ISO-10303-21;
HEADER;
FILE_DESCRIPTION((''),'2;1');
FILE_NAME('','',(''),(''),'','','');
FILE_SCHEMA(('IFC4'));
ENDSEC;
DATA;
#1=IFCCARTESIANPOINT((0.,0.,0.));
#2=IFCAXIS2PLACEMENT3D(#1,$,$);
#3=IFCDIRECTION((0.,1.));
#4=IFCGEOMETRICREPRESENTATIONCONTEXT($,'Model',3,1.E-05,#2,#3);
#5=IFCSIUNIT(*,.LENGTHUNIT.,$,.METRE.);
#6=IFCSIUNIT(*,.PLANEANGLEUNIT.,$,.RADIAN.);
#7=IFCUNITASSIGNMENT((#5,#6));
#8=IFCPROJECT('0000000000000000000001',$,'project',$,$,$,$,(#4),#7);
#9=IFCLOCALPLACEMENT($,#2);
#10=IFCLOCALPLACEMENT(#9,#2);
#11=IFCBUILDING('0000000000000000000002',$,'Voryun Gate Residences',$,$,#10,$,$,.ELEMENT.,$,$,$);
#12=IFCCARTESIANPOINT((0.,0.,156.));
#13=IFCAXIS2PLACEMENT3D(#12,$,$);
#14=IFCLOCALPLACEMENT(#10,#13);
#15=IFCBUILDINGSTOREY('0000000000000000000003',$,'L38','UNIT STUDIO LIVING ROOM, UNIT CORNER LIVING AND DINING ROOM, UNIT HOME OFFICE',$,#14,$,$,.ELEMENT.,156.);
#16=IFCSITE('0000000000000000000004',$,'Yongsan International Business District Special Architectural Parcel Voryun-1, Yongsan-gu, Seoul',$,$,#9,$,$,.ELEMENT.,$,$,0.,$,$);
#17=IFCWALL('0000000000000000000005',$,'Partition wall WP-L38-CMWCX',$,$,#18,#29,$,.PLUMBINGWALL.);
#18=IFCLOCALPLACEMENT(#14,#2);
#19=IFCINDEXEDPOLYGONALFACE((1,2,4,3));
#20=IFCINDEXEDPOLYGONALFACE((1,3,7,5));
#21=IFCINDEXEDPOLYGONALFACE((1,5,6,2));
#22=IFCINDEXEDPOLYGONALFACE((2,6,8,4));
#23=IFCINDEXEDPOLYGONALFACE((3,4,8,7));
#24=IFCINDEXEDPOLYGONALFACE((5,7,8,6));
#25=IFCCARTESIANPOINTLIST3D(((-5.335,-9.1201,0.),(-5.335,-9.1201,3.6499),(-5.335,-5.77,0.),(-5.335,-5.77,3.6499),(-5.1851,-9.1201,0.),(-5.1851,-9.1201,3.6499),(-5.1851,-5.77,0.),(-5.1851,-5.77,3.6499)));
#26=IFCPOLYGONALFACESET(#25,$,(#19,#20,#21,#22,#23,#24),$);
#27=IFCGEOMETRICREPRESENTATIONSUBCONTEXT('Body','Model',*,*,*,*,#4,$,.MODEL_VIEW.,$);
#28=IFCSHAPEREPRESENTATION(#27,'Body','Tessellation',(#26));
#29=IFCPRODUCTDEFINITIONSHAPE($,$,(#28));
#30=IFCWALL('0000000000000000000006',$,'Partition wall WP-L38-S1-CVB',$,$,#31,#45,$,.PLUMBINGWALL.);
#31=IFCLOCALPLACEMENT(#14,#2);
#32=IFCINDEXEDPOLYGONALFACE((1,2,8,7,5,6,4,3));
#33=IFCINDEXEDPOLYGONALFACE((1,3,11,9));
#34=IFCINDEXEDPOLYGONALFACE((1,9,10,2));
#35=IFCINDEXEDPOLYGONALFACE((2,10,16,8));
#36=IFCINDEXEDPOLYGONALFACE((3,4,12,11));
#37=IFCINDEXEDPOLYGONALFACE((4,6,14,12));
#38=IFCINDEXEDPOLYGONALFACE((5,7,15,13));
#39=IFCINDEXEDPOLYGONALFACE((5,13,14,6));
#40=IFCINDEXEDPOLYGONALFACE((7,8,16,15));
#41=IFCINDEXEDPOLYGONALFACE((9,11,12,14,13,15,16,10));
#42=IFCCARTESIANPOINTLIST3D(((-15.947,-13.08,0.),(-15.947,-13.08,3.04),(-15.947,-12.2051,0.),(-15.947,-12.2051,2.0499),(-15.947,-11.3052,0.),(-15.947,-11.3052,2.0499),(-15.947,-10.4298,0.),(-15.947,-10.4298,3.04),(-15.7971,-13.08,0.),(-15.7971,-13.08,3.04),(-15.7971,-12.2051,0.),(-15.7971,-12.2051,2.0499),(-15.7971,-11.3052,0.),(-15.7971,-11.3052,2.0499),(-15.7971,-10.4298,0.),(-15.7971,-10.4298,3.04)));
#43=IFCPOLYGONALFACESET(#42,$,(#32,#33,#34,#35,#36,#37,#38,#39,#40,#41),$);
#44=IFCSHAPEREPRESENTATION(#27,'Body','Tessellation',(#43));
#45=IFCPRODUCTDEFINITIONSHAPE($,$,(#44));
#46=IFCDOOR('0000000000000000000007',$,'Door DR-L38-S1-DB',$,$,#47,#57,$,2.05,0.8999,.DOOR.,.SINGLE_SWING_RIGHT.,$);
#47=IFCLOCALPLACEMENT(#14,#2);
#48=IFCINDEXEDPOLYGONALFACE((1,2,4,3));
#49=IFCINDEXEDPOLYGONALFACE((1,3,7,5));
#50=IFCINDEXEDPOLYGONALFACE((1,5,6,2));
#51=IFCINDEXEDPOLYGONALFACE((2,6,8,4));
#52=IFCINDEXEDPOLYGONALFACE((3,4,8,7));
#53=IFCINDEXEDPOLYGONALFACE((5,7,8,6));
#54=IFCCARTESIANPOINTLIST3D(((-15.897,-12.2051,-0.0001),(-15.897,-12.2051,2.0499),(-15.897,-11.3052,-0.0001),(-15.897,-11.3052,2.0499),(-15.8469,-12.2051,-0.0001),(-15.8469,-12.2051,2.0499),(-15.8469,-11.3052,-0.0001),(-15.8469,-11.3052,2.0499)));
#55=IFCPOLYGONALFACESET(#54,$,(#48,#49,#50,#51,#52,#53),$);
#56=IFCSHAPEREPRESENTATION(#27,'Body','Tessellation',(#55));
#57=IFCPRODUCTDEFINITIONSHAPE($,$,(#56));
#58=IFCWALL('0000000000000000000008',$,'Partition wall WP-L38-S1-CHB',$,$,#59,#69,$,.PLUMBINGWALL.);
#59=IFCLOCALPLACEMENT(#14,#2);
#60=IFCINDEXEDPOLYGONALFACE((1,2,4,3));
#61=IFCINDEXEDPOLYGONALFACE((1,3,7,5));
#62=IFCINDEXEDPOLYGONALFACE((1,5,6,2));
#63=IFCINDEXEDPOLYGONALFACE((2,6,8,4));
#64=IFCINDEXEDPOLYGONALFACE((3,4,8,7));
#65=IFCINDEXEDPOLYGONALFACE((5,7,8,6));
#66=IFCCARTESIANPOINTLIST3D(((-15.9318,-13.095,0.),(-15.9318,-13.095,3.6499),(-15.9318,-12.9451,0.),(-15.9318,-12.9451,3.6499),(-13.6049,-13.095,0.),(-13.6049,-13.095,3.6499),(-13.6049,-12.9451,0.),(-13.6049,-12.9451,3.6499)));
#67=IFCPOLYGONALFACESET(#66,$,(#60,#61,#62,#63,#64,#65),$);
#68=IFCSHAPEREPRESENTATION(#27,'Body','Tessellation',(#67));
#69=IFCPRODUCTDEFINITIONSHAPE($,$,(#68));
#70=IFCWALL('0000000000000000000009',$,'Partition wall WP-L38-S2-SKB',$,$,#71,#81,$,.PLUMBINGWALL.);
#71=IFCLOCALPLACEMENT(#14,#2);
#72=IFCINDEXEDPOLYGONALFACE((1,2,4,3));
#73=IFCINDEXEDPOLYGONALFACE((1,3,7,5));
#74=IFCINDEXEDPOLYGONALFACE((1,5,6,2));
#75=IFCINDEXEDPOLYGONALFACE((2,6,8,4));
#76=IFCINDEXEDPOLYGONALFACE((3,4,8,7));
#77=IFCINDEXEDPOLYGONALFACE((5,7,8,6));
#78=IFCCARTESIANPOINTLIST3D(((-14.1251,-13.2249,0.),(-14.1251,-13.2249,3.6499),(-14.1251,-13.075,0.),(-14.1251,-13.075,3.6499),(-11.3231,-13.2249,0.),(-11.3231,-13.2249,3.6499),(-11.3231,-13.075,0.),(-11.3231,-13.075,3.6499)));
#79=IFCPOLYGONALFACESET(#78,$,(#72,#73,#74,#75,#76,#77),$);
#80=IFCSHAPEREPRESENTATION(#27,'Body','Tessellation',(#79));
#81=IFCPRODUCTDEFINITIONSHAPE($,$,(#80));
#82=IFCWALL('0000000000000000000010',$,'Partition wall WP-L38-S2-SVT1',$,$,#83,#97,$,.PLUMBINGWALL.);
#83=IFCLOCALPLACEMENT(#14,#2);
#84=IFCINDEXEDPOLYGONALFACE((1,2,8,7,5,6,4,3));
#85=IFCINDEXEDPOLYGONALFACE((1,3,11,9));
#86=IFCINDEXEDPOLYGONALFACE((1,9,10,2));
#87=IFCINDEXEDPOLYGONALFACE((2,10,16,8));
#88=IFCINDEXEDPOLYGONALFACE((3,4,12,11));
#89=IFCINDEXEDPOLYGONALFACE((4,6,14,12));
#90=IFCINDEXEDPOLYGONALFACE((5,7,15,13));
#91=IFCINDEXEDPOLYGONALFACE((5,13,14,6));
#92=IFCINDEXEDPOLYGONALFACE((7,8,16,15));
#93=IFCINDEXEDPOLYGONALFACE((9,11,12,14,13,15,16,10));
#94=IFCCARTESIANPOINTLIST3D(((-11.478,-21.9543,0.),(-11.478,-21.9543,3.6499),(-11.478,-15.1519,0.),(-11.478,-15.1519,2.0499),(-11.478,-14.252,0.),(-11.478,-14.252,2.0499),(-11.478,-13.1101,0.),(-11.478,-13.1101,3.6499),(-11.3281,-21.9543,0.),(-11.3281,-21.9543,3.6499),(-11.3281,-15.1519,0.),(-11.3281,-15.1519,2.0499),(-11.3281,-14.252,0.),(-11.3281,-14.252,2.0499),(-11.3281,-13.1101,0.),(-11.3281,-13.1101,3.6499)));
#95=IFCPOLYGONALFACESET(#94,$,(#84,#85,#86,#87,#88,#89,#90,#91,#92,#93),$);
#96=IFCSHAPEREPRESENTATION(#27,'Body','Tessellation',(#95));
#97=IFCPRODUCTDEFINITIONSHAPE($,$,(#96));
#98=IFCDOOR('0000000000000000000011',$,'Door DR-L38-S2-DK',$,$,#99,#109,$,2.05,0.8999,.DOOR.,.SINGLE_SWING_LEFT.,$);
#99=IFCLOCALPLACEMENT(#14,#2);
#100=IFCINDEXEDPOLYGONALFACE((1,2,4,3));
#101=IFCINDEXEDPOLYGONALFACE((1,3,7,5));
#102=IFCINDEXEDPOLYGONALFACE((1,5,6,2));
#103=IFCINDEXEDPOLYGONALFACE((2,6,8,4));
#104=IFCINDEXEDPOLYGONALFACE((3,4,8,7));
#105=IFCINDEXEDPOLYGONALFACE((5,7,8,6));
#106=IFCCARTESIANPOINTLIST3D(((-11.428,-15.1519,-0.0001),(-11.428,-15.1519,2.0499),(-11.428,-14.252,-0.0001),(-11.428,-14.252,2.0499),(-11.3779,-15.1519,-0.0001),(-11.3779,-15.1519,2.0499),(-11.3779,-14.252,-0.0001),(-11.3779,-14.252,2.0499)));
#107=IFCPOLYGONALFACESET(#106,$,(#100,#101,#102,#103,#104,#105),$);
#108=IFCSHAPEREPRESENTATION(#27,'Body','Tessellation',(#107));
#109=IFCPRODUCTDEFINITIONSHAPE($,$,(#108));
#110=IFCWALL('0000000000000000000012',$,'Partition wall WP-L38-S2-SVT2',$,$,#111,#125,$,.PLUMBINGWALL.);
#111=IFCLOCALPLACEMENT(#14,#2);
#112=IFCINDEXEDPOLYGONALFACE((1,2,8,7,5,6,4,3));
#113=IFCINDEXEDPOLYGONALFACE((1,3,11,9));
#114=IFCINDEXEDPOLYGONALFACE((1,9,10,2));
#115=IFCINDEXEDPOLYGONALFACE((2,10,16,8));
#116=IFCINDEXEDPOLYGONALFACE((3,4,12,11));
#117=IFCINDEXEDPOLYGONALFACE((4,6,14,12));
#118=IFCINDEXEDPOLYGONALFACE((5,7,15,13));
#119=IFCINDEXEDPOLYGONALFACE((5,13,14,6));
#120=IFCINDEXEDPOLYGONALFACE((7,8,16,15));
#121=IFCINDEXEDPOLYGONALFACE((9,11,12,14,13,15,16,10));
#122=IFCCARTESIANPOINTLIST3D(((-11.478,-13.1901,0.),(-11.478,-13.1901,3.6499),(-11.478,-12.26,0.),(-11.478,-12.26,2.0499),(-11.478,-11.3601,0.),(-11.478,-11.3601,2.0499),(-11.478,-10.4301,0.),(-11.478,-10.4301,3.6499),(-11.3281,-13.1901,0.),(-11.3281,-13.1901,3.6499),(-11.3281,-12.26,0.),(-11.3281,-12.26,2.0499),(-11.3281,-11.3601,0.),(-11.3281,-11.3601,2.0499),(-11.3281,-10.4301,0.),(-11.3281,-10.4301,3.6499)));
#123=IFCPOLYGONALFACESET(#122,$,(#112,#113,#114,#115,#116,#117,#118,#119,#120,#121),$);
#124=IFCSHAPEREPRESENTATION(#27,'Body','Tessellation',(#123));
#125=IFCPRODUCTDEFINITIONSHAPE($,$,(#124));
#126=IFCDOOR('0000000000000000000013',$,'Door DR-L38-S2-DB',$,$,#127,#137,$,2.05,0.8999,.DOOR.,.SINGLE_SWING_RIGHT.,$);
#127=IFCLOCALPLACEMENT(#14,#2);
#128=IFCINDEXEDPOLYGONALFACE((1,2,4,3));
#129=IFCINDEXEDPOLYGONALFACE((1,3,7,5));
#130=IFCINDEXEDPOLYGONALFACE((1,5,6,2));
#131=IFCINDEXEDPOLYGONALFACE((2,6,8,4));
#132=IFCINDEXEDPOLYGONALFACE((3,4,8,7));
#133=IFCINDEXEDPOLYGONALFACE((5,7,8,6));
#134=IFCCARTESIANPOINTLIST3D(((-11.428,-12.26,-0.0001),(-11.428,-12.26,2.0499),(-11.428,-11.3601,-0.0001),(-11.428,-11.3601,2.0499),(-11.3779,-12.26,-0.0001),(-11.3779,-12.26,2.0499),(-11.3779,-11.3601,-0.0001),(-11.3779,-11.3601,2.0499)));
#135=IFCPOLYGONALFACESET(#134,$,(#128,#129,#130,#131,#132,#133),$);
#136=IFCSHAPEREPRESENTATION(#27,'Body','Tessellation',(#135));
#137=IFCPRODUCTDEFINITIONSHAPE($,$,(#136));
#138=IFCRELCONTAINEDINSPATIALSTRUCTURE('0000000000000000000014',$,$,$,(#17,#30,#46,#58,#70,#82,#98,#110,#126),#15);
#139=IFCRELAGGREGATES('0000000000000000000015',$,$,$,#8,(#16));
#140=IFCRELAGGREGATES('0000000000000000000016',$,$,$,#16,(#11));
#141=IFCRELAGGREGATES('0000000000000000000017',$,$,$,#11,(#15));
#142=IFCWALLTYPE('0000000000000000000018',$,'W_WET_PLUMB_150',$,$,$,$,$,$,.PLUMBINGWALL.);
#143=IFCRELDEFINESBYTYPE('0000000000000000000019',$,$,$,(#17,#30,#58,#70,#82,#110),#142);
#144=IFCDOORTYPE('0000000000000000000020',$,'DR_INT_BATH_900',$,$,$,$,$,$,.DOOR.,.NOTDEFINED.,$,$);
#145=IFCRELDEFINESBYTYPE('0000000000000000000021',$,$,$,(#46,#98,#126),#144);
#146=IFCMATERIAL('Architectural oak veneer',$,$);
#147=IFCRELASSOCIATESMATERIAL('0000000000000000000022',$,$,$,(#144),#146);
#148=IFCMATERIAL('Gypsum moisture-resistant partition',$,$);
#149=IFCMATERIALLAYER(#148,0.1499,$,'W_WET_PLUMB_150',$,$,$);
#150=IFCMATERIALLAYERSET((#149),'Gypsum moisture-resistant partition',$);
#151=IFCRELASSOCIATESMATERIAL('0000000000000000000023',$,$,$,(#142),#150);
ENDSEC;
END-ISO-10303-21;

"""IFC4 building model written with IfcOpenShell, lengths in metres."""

from ifc_helpers import new_model, si_unit, direction, frame, frame_2d, origin, place, context, subcontext, project, spatial, rectangle, extrude, material, layer, layer_set, type_object, element, fill, save


model = new_model("IFC4")

# Units and contexts
model_context = context("Model", 3, precision=1e-05, world=origin(), true_north=direction((0.0, 1.0)))
body_context = subcontext(model_context, "Body", "Model", "MODEL_VIEW")
ifc_project = project(units=[si_unit("LENGTHUNIT", "METRE"), si_unit("PLANEANGLEUNIT", "RADIAN")], contexts=[model_context])

# Site, building, storey
site_placement = place(None, origin())
site = spatial("IfcSite", under=ifc_project, at=site_placement, Name="Yongsan International Business District Special Architectural Parcel Voryun-1, Yongsan-gu, Seoul", CompositionType="ELEMENT", RefElevation=0.0)
building_placement = place(site_placement, origin())
building = spatial("IfcBuilding", under=site, at=building_placement, Name="Voryun Gate Residences", CompositionType="ELEMENT")
storey_placement = place(building_placement, frame((0.0, 0.0, 156.0)))
storey = spatial("IfcBuildingStorey", under=building, at=storey_placement, Name="L38", Description="UNIT STUDIO LIVING ROOM, UNIT CORNER LIVING AND DINING ROOM, UNIT HOME OFFICE", CompositionType="ELEMENT", Elevation=156.0)

# Shared definitions
ifc_material_1 = material(Name="Architectural oak veneer")
door_type_1 = type_object("IfcDoorType", Name="DR_INT_BATH_900", OperationType="NOTDEFINED", PredefinedType="DOOR", material=ifc_material_1)

# Wall
ifc_material_2 = material(Name="Gypsum moisture-resistant partition")
ifc_layer_1 = layer(ifc_material_2, 0.1499, Name="W_WET_PLUMB_150")
ifc_layer_set_1 = layer_set([ifc_layer_1], Name="Gypsum moisture-resistant partition")
wall_type_1 = type_object("IfcWallType", Name="W_WET_PLUMB_150", PredefinedType="PLUMBINGWALL", material=ifc_layer_set_1)
wall_1_placement = place(storey_placement, frame((-5.26, -9.1201, 0.0), z_axis=(0.0, 0.0, 1.0), x_axis=(0.0, 1.0, 0.0)))
element("IfcWall", 1, at=wall_1_placement, inside=storey, type_object=wall_type_1, Name="Partition wall WP-L38-CMWCX", PredefinedType="PLUMBINGWALL", context=body_context, shape_type="SweptSolid", body=[
    extrude(rectangle(XDim=3.3501, YDim=0.1499, at=frame_2d((1.675, 0.0))), origin(), (0.0, 0.0, 1.0), 3.6499),
])

# Wall, opening, door
wall_2_placement = place(storey_placement, frame((-15.8721, -13.0801, 0.0), z_axis=(0.0, 0.0, 1.0), x_axis=(0.0, 1.0, 0.0)))
wall_2 = element("IfcWall", 2, at=wall_2_placement, inside=storey, type_object=wall_type_1, Name="Partition wall WP-L38-S1-CVB", PredefinedType="PLUMBINGWALL", context=body_context, shape_type="SweptSolid", body=[
    extrude(rectangle(XDim=2.6501, YDim=0.1499, at=frame_2d((1.3252, 0.0))), origin(), (0.0, 0.0, 1.0), 3.04),
])
opening_1_placement = place(wall_2_placement, frame((0.875, 0.0, 0.0)))
opening_1 = element("IfcOpeningElement", 3, at=opening_1_placement, cuts=wall_2, PredefinedType="OPENING", context=body_context, shape_type="SweptSolid", body=[
    extrude(rectangle(XDim=0.8999, YDim=2.05, at=frame_2d((0.45, 1.0249))), frame((0.0, 0.085, 0.0), z_axis=(0.0, -1.0, 0.0), x_axis=(1.0, 0.0, 0.0)), (0.0, 0.0, 1.0), 0.1699),
])
door_1_placement = place(opening_1_placement, origin())
door_1 = element("IfcDoor", 4, at=door_1_placement, inside=storey, type_object=door_type_1, Name="Door DR-L38-S1-DB", OperationType="SINGLE_SWING_RIGHT", OverallHeight=2.05, OverallWidth=0.8999, PredefinedType="DOOR", context=body_context, shape_type="SweptSolid", body=[
    extrude(rectangle(XDim=0.8999, YDim=2.05, at=frame_2d((0.45, 1.0249))), frame((0.0, 0.0249, 0.0), z_axis=(0.0, -1.0, 0.0), x_axis=(1.0, 0.0, 0.0)), (0.0, 0.0, 1.0), 0.05),
])
fill(opening_1, door_1)

# Walls
wall_3_placement = place(storey_placement, frame((-15.9319, -13.02, 0.0), z_axis=(0.0, 0.0, 1.0), x_axis=(1.0, 0.0, 0.0)))
element("IfcWall", 5, at=wall_3_placement, inside=storey, type_object=wall_type_1, Name="Partition wall WP-L38-S1-CHB", PredefinedType="PLUMBINGWALL", context=body_context, shape_type="SweptSolid", body=[
    extrude(rectangle(XDim=2.3269, YDim=0.1499, at=frame_2d((1.1636, 0.0))), origin(), (0.0, 0.0, 1.0), 3.6499),
])
wall_4_placement = place(storey_placement, frame((-14.125, -13.1499, 0.0), z_axis=(0.0, 0.0, 1.0), x_axis=(1.0, 0.0, 0.0)))
element("IfcWall", 6, at=wall_4_placement, inside=storey, type_object=wall_type_1, Name="Partition wall WP-L38-S2-SKB", PredefinedType="PLUMBINGWALL", context=body_context, shape_type="SweptSolid", body=[
    extrude(rectangle(XDim=2.802, YDim=0.1499, at=frame_2d((1.4009, 0.0))), origin(), (0.0, 0.0, 1.0), 3.6499),
])

# Walls, openings, doors
wall_5_placement = place(storey_placement, frame((-11.4031, -21.9543, 0.0), z_axis=(0.0, 0.0, 1.0), x_axis=(0.0, 1.0, 0.0)))
wall_5 = element("IfcWall", 7, at=wall_5_placement, inside=storey, type_object=wall_type_1, Name="Partition wall WP-L38-S2-SVT1", PredefinedType="PLUMBINGWALL", context=body_context, shape_type="SweptSolid", body=[
    extrude(rectangle(XDim=8.8442, YDim=0.1499, at=frame_2d((4.4221, 0.0))), origin(), (0.0, 0.0, 1.0), 3.6499),
])
opening_2_placement = place(wall_5_placement, frame((6.8025, 0.0, 0.0)))
opening_2 = element("IfcOpeningElement", 8, at=opening_2_placement, cuts=wall_5, PredefinedType="OPENING", context=body_context, shape_type="SweptSolid", body=[
    extrude(rectangle(XDim=0.8999, YDim=2.05, at=frame_2d((0.45, 1.0249))), frame((0.0, 0.085, 0.0), z_axis=(0.0, -1.0, 0.0), x_axis=(1.0, 0.0, 0.0)), (0.0, 0.0, 1.0), 0.1699),
])
door_2_placement = place(opening_2_placement, origin())
door_2 = element("IfcDoor", 9, at=door_2_placement, inside=storey, type_object=door_type_1, Name="Door DR-L38-S2-DK", OperationType="SINGLE_SWING_LEFT", OverallHeight=2.05, OverallWidth=0.8999, PredefinedType="DOOR", context=body_context, shape_type="SweptSolid", body=[
    extrude(rectangle(XDim=0.8999, YDim=2.05, at=frame_2d((0.45, 1.0249))), frame((0.0, 0.0249, 0.0), z_axis=(0.0, -1.0, 0.0), x_axis=(1.0, 0.0, 0.0)), (0.0, 0.0, 1.0), 0.05),
])
fill(opening_2, door_2)
wall_6_placement = place(storey_placement, frame((-11.4031, -13.1899, 0.0), z_axis=(0.0, 0.0, 1.0), x_axis=(0.0, 1.0, 0.0)))
wall_6 = element("IfcWall", 10, at=wall_6_placement, inside=storey, type_object=wall_type_1, Name="Partition wall WP-L38-S2-SVT2", PredefinedType="PLUMBINGWALL", context=body_context, shape_type="SweptSolid", body=[
    extrude(rectangle(XDim=2.76, YDim=0.1499, at=frame_2d((1.3799, 0.0))), origin(), (0.0, 0.0, 1.0), 3.6499),
])
opening_3_placement = place(wall_6_placement, frame((0.9299, 0.0, 0.0)))
opening_3 = element("IfcOpeningElement", 11, at=opening_3_placement, cuts=wall_6, PredefinedType="OPENING", context=body_context, shape_type="SweptSolid", body=[
    extrude(rectangle(XDim=0.8999, YDim=2.05, at=frame_2d((0.45, 1.0249))), frame((0.0, 0.085, 0.0), z_axis=(0.0, -1.0, 0.0), x_axis=(1.0, 0.0, 0.0)), (0.0, 0.0, 1.0), 0.1699),
])
door_3_placement = place(opening_3_placement, origin())
door_3 = element("IfcDoor", 12, at=door_3_placement, inside=storey, type_object=door_type_1, Name="Door DR-L38-S2-DB", OperationType="SINGLE_SWING_RIGHT", OverallHeight=2.05, OverallWidth=0.8999, PredefinedType="DOOR", context=body_context, shape_type="SweptSolid", body=[
    extrude(rectangle(XDim=0.8999, YDim=2.05, at=frame_2d((0.45, 1.0249))), frame((0.0, 0.0249, 0.0), z_axis=(0.0, -1.0, 0.0), x_axis=(1.0, 0.0, 0.0)), (0.0, 0.0, 1.0), 0.05),
])
fill(opening_3, door_3)

save(model, "model.ifc")
